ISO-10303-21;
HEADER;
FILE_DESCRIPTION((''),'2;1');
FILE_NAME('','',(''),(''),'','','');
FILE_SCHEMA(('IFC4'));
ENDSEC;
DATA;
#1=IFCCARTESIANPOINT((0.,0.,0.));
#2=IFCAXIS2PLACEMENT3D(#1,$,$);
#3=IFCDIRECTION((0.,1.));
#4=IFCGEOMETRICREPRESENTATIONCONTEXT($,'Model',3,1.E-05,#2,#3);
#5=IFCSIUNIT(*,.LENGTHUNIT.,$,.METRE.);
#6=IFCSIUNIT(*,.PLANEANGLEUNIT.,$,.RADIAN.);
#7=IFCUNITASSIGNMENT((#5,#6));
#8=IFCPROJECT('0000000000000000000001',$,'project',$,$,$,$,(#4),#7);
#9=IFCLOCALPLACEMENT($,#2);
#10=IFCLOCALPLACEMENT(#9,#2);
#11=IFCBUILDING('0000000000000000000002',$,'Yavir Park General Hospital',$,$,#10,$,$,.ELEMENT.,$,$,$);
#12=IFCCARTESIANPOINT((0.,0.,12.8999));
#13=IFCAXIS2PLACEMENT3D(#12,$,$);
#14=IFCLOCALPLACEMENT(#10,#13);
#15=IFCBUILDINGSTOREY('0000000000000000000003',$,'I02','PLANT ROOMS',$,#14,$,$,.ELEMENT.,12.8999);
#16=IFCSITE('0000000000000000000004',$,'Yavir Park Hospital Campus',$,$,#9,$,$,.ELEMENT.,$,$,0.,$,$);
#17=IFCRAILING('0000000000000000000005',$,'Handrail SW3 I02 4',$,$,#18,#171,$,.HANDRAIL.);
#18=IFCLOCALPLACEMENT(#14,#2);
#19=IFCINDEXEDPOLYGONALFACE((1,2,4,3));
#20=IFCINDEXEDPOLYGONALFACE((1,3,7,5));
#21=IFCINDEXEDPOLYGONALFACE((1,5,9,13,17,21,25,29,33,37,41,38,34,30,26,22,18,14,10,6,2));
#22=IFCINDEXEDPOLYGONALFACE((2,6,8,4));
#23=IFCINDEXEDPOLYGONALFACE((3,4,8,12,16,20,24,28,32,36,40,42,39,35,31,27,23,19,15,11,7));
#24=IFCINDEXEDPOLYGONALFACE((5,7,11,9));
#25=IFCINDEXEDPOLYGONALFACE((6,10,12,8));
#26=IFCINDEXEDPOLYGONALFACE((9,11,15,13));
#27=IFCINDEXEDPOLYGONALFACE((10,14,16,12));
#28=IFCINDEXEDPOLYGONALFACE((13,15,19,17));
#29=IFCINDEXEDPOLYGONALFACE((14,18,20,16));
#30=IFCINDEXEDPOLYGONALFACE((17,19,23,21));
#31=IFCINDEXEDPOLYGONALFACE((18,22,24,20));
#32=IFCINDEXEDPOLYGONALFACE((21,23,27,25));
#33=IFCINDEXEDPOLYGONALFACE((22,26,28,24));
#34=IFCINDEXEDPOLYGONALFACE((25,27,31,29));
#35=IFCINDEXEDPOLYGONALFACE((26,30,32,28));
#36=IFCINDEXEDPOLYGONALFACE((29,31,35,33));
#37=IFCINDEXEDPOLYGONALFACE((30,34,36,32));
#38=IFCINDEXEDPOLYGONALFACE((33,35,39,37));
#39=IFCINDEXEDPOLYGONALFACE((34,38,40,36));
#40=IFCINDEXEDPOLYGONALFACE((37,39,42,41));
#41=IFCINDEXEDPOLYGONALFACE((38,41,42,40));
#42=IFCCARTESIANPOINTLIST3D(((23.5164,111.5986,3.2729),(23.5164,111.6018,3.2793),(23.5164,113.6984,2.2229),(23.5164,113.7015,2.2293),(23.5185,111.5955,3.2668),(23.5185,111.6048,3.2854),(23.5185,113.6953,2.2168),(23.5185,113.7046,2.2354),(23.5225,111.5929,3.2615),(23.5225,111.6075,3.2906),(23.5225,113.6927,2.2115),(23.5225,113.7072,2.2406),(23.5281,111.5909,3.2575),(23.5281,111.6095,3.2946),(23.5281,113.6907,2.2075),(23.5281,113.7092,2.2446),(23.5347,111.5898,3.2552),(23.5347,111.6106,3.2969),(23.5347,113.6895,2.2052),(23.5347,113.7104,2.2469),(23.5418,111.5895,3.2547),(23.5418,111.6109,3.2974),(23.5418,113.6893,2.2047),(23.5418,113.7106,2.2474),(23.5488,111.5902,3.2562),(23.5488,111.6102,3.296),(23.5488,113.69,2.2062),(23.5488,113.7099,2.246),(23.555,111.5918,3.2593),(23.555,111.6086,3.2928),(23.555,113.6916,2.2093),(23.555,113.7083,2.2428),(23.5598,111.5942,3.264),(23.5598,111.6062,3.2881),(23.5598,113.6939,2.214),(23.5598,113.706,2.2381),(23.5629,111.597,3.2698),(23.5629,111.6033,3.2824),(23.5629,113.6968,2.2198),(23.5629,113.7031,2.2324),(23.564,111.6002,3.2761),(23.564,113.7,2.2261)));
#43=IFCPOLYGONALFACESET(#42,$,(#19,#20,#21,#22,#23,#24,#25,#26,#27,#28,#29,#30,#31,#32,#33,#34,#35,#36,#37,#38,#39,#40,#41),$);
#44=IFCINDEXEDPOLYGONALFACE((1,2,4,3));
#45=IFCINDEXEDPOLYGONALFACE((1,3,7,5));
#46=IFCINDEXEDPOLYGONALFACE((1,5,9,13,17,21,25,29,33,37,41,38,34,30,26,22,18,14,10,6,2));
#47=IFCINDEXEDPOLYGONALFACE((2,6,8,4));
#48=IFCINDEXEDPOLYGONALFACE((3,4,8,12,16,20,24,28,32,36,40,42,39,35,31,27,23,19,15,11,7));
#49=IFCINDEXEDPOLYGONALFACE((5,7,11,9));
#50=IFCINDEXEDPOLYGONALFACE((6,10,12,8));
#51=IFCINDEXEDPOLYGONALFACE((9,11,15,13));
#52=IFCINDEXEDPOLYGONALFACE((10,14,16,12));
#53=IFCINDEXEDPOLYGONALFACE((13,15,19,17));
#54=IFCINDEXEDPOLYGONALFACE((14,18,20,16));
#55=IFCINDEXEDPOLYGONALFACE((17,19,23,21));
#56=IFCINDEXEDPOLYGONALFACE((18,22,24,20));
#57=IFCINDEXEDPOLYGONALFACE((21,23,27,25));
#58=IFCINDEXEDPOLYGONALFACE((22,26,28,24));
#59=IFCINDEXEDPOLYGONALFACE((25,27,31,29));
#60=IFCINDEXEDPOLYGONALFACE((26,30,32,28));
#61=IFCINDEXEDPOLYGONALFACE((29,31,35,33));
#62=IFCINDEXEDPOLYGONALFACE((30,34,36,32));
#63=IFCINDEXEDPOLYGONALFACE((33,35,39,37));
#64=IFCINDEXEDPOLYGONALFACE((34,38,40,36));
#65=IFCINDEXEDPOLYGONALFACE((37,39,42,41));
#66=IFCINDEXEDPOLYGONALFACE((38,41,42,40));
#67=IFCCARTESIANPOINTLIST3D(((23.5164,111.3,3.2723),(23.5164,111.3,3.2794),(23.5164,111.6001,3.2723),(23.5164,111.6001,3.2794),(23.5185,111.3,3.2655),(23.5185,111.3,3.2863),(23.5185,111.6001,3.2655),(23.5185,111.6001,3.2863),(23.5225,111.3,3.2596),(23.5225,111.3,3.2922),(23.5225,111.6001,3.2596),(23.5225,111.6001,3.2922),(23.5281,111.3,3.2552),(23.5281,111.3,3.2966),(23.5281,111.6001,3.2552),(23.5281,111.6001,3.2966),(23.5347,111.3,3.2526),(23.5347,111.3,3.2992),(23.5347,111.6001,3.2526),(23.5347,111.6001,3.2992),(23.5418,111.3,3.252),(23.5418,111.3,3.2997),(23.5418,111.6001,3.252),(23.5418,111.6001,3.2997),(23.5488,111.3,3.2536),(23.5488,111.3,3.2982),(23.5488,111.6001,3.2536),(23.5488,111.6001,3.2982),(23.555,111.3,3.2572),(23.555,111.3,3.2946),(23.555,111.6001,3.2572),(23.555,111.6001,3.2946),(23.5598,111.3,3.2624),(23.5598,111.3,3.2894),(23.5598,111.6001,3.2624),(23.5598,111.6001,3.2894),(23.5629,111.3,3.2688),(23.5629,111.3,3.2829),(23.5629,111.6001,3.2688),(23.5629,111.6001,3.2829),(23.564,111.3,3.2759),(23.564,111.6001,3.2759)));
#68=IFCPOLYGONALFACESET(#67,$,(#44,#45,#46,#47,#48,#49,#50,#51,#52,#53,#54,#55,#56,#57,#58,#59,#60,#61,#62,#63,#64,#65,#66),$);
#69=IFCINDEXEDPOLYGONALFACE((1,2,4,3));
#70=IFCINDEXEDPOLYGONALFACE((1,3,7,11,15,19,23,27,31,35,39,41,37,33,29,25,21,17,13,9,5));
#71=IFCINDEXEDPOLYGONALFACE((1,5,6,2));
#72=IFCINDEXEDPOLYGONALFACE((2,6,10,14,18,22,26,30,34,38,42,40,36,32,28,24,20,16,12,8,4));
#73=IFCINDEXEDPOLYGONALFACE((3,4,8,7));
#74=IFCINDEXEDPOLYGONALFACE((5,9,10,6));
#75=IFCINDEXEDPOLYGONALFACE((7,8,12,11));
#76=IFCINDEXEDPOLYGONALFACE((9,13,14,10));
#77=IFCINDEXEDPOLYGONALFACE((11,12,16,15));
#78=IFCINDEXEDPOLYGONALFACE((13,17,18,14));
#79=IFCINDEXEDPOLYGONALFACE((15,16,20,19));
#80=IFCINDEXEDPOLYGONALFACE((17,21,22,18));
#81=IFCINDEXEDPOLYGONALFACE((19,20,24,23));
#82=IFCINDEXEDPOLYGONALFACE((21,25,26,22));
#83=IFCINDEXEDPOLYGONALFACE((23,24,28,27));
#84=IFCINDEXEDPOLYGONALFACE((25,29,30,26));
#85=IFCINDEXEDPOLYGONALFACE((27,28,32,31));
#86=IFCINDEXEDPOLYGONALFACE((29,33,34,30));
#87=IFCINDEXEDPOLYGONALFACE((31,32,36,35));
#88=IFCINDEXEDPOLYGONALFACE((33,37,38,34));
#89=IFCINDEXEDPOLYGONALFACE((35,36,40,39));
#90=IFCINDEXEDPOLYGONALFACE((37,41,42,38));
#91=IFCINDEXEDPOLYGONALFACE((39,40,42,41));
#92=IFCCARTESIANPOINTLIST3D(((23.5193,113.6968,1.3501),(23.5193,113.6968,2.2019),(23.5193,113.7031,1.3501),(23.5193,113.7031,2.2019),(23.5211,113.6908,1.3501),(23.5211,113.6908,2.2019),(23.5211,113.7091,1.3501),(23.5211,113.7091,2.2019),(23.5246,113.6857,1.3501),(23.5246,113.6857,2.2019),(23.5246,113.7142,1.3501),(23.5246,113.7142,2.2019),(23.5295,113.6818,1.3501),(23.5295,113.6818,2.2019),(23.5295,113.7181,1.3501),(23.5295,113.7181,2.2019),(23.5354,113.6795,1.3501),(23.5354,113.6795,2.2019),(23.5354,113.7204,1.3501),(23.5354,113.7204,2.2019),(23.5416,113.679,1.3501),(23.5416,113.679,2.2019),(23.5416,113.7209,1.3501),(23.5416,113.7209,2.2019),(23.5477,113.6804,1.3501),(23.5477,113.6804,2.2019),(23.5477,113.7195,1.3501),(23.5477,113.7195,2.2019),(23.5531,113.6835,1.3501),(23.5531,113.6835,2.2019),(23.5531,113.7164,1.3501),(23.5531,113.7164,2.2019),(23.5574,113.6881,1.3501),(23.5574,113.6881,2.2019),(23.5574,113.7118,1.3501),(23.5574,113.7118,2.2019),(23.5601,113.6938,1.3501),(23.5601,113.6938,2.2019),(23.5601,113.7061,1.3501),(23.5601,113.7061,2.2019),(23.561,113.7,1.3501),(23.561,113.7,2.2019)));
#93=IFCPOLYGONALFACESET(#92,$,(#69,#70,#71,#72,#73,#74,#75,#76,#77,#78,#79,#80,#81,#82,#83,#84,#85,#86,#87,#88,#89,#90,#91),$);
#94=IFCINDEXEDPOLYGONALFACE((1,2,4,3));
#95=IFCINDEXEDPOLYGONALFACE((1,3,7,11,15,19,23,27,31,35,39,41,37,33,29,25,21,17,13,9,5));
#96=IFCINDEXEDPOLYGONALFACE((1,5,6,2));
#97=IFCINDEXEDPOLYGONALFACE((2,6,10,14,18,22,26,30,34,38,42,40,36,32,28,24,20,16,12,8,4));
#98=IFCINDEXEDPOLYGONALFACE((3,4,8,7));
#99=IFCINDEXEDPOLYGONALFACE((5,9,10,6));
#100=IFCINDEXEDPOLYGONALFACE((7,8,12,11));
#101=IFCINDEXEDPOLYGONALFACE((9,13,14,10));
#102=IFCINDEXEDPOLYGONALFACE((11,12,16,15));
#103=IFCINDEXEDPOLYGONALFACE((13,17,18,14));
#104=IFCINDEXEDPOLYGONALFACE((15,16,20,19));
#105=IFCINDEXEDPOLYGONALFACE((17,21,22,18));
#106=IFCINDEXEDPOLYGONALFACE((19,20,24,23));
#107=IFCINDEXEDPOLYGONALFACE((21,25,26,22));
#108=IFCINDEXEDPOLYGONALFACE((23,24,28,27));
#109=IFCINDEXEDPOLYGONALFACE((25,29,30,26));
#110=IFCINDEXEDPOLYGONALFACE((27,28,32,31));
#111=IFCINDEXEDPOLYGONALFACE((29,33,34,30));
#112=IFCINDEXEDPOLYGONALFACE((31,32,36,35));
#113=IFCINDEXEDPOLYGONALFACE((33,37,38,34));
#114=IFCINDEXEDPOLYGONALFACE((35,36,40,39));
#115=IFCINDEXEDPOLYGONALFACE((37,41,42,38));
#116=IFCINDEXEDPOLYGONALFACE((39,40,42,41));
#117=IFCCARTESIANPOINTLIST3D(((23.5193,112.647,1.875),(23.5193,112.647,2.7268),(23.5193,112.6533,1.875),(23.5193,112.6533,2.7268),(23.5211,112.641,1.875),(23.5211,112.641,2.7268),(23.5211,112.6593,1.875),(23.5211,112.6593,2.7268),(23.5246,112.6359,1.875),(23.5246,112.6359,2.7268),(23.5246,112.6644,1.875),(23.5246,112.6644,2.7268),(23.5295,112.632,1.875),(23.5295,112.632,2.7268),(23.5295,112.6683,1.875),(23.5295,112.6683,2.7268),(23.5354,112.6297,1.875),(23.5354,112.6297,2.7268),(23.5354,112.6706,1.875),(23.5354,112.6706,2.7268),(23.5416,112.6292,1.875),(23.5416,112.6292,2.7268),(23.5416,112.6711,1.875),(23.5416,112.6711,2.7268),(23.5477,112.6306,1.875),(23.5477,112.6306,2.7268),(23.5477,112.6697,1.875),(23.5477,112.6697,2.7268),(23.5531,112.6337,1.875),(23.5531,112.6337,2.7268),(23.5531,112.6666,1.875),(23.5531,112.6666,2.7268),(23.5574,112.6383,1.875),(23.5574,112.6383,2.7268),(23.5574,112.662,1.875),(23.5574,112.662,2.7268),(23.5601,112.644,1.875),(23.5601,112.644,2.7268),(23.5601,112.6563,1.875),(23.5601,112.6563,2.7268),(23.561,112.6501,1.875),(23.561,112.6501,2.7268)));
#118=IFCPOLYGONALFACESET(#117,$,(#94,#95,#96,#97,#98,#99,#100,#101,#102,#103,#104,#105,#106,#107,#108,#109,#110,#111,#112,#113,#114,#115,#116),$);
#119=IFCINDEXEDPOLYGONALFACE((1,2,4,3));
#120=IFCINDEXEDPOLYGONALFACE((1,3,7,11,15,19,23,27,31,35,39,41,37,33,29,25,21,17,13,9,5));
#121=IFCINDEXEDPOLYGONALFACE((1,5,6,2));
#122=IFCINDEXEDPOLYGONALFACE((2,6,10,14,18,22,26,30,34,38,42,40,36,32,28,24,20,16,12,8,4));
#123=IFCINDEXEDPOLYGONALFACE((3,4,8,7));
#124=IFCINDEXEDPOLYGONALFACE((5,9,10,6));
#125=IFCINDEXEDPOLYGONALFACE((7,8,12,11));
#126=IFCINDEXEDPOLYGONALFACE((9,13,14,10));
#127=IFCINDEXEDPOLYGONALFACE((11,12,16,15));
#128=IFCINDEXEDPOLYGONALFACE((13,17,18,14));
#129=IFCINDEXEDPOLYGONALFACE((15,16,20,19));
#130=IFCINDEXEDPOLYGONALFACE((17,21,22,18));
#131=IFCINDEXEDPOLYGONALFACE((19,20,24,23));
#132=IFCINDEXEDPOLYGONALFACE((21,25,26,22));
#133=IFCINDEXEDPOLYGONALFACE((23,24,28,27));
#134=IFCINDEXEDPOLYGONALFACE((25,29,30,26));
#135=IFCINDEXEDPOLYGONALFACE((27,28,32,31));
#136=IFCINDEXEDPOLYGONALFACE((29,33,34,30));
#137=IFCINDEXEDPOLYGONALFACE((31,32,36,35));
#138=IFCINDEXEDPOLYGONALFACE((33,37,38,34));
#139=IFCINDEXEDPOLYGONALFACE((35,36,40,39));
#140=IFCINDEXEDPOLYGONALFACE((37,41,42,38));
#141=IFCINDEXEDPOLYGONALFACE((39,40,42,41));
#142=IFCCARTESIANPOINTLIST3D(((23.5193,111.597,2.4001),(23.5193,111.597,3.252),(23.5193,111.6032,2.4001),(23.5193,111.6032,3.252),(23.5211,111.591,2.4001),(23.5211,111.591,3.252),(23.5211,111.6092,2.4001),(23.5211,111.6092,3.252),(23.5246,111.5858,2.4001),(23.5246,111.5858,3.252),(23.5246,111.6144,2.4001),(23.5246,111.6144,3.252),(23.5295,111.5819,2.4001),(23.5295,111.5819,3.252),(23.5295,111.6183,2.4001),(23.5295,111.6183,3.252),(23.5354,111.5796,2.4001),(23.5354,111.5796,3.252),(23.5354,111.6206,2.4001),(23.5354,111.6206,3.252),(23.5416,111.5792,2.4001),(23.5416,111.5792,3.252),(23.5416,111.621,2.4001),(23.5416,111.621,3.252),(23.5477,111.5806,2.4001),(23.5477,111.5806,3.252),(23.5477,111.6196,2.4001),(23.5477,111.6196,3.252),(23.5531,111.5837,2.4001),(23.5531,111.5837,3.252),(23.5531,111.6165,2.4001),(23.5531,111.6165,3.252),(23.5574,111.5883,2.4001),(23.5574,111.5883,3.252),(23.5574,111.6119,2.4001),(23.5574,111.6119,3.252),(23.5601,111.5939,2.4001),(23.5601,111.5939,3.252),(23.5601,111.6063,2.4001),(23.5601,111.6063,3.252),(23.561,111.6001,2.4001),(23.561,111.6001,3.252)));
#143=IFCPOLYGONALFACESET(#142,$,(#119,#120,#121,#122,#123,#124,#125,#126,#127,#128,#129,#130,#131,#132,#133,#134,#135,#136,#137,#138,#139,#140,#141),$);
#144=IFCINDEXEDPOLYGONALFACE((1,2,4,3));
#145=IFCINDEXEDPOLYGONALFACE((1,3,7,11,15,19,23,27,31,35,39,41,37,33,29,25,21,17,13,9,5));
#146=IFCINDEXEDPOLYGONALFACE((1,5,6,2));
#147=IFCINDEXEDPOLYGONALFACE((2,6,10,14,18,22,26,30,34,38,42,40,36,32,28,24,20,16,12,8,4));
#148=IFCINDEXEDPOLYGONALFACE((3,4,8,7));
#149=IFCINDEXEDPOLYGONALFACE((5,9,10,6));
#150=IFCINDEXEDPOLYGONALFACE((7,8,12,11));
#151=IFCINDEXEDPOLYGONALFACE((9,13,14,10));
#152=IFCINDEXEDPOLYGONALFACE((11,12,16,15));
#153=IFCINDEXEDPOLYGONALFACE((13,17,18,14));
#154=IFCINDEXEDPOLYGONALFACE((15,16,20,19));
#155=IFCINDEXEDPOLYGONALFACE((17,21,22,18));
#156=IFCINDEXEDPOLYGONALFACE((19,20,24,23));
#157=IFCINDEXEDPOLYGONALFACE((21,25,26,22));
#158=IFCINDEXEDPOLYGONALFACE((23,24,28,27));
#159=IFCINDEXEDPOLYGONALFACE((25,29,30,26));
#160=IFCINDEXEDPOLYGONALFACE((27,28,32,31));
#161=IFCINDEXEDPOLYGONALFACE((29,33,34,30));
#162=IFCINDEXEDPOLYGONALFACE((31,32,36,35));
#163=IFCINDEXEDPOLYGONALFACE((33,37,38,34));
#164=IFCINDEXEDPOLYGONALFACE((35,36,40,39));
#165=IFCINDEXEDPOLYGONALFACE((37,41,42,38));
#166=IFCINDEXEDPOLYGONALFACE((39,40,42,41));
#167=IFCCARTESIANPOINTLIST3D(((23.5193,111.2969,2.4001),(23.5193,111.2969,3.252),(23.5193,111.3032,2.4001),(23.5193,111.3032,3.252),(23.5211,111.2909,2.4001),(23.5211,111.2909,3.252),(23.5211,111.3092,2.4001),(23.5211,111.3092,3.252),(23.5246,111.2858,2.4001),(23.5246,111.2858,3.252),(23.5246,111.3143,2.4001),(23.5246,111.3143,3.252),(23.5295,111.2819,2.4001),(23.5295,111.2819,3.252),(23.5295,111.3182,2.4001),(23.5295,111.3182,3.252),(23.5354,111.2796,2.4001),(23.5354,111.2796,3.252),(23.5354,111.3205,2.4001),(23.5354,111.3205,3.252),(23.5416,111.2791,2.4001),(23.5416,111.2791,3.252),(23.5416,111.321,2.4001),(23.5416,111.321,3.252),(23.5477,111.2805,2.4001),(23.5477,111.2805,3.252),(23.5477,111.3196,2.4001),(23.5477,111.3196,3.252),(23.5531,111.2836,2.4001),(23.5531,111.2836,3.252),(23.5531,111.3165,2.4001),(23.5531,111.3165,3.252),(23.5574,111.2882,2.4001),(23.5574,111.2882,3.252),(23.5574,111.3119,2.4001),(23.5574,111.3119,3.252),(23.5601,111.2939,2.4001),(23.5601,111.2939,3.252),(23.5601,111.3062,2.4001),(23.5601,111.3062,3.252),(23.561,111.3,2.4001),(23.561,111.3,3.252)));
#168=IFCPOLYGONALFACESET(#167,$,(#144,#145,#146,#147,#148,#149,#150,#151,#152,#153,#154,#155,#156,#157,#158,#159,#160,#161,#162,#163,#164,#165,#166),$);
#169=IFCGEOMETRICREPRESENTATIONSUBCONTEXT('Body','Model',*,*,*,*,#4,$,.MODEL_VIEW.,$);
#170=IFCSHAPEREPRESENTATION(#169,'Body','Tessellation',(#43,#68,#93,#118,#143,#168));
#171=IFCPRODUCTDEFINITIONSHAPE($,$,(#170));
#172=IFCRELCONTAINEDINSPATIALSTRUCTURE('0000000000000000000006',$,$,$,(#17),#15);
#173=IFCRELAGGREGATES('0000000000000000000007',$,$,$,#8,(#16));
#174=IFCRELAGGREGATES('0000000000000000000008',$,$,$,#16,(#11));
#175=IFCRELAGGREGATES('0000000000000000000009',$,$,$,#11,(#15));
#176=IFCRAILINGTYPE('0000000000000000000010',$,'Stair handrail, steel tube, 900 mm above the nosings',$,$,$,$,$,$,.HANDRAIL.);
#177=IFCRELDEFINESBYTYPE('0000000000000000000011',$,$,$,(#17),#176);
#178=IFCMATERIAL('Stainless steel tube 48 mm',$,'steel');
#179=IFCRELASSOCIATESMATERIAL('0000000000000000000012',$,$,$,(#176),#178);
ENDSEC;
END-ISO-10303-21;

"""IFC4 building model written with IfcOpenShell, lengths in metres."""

from ifc_helpers import new_model, si_unit, direction, frame, origin, origin_2d, place, context, subcontext, project, spatial, circle, extrude, material, type_object, element, save


model = new_model("IFC4")

# Units and contexts
model_context = context("Model", 3, precision=1e-05, world=origin(), true_north=direction((0.0, 1.0)))
body_context = subcontext(model_context, "Body", "Model", "MODEL_VIEW")
ifc_project = project(units=[si_unit("LENGTHUNIT", "METRE"), si_unit("PLANEANGLEUNIT", "RADIAN")], contexts=[model_context])

# Site, building, storey
site_placement = place(None, origin())
site = spatial("IfcSite", under=ifc_project, at=site_placement, Name="Yavir Park Hospital Campus", CompositionType="ELEMENT", RefElevation=0.0)
building_placement = place(site_placement, origin())
building = spatial("IfcBuilding", under=site, at=building_placement, Name="Yavir Park General Hospital", CompositionType="ELEMENT")
storey_placement = place(building_placement, frame((0.0, 0.0, 12.8999)))
storey = spatial("IfcBuildingStorey", under=building, at=storey_placement, Name="I02", Description="PLANT ROOMS", CompositionType="ELEMENT", Elevation=12.8999)

# Railing
ifc_material_1 = material(Name="Stainless steel tube 48 mm", Category="steel")
railing_type_1 = type_object("IfcRailingType", Name="Stair handrail, steel tube, 900 mm above the nosings", PredefinedType="HANDRAIL", material=ifc_material_1)
for number, where, name in (
    (1, (23.54, 113.7, 1.3501), "Handrail SW3 I02 4"),
):
    element("IfcRailing", number, at=place(storey_placement, frame(where)), inside=storey, type_object=railing_type_1, Name=name, PredefinedType="HANDRAIL", context=body_context, shape_type="SweptSolid", body=[
        extrude(circle(Radius=0.0239, at=origin_2d()), frame((0.0, 0.0, 0.876), z_axis=(0.0, -0.894406, 0.447255), x_axis=(1.0, 0.0, 0.0)), (0.0, 0.0, 1.0), 2.3477),
        extrude(circle(Radius=0.0239, at=origin_2d()), frame((0.0, -2.0999, 1.9258), z_axis=(0.0, -1.0, 0.0), x_axis=(1.0, 0.0, 0.0)), (0.0, 0.0, 1.0), 0.3),
        extrude(circle(Radius=0.021, at=origin_2d()), origin(), (0.0, 0.0, 1.0), 0.8518),
        extrude(circle(Radius=0.021, at=origin_2d()), frame((0.0, -1.0498, 0.5249)), (0.0, 0.0, 1.0), 0.8518),
        extrude(circle(Radius=0.021, at=origin_2d()), frame((0.0, -2.0999, 1.05)), (0.0, 0.0, 1.0), 0.8518),
        extrude(circle(Radius=0.021, at=origin_2d()), frame((0.0, -2.3999, 1.05)), (0.0, 0.0, 1.0), 0.8518),
    ])

save(model, "model.ifc")
